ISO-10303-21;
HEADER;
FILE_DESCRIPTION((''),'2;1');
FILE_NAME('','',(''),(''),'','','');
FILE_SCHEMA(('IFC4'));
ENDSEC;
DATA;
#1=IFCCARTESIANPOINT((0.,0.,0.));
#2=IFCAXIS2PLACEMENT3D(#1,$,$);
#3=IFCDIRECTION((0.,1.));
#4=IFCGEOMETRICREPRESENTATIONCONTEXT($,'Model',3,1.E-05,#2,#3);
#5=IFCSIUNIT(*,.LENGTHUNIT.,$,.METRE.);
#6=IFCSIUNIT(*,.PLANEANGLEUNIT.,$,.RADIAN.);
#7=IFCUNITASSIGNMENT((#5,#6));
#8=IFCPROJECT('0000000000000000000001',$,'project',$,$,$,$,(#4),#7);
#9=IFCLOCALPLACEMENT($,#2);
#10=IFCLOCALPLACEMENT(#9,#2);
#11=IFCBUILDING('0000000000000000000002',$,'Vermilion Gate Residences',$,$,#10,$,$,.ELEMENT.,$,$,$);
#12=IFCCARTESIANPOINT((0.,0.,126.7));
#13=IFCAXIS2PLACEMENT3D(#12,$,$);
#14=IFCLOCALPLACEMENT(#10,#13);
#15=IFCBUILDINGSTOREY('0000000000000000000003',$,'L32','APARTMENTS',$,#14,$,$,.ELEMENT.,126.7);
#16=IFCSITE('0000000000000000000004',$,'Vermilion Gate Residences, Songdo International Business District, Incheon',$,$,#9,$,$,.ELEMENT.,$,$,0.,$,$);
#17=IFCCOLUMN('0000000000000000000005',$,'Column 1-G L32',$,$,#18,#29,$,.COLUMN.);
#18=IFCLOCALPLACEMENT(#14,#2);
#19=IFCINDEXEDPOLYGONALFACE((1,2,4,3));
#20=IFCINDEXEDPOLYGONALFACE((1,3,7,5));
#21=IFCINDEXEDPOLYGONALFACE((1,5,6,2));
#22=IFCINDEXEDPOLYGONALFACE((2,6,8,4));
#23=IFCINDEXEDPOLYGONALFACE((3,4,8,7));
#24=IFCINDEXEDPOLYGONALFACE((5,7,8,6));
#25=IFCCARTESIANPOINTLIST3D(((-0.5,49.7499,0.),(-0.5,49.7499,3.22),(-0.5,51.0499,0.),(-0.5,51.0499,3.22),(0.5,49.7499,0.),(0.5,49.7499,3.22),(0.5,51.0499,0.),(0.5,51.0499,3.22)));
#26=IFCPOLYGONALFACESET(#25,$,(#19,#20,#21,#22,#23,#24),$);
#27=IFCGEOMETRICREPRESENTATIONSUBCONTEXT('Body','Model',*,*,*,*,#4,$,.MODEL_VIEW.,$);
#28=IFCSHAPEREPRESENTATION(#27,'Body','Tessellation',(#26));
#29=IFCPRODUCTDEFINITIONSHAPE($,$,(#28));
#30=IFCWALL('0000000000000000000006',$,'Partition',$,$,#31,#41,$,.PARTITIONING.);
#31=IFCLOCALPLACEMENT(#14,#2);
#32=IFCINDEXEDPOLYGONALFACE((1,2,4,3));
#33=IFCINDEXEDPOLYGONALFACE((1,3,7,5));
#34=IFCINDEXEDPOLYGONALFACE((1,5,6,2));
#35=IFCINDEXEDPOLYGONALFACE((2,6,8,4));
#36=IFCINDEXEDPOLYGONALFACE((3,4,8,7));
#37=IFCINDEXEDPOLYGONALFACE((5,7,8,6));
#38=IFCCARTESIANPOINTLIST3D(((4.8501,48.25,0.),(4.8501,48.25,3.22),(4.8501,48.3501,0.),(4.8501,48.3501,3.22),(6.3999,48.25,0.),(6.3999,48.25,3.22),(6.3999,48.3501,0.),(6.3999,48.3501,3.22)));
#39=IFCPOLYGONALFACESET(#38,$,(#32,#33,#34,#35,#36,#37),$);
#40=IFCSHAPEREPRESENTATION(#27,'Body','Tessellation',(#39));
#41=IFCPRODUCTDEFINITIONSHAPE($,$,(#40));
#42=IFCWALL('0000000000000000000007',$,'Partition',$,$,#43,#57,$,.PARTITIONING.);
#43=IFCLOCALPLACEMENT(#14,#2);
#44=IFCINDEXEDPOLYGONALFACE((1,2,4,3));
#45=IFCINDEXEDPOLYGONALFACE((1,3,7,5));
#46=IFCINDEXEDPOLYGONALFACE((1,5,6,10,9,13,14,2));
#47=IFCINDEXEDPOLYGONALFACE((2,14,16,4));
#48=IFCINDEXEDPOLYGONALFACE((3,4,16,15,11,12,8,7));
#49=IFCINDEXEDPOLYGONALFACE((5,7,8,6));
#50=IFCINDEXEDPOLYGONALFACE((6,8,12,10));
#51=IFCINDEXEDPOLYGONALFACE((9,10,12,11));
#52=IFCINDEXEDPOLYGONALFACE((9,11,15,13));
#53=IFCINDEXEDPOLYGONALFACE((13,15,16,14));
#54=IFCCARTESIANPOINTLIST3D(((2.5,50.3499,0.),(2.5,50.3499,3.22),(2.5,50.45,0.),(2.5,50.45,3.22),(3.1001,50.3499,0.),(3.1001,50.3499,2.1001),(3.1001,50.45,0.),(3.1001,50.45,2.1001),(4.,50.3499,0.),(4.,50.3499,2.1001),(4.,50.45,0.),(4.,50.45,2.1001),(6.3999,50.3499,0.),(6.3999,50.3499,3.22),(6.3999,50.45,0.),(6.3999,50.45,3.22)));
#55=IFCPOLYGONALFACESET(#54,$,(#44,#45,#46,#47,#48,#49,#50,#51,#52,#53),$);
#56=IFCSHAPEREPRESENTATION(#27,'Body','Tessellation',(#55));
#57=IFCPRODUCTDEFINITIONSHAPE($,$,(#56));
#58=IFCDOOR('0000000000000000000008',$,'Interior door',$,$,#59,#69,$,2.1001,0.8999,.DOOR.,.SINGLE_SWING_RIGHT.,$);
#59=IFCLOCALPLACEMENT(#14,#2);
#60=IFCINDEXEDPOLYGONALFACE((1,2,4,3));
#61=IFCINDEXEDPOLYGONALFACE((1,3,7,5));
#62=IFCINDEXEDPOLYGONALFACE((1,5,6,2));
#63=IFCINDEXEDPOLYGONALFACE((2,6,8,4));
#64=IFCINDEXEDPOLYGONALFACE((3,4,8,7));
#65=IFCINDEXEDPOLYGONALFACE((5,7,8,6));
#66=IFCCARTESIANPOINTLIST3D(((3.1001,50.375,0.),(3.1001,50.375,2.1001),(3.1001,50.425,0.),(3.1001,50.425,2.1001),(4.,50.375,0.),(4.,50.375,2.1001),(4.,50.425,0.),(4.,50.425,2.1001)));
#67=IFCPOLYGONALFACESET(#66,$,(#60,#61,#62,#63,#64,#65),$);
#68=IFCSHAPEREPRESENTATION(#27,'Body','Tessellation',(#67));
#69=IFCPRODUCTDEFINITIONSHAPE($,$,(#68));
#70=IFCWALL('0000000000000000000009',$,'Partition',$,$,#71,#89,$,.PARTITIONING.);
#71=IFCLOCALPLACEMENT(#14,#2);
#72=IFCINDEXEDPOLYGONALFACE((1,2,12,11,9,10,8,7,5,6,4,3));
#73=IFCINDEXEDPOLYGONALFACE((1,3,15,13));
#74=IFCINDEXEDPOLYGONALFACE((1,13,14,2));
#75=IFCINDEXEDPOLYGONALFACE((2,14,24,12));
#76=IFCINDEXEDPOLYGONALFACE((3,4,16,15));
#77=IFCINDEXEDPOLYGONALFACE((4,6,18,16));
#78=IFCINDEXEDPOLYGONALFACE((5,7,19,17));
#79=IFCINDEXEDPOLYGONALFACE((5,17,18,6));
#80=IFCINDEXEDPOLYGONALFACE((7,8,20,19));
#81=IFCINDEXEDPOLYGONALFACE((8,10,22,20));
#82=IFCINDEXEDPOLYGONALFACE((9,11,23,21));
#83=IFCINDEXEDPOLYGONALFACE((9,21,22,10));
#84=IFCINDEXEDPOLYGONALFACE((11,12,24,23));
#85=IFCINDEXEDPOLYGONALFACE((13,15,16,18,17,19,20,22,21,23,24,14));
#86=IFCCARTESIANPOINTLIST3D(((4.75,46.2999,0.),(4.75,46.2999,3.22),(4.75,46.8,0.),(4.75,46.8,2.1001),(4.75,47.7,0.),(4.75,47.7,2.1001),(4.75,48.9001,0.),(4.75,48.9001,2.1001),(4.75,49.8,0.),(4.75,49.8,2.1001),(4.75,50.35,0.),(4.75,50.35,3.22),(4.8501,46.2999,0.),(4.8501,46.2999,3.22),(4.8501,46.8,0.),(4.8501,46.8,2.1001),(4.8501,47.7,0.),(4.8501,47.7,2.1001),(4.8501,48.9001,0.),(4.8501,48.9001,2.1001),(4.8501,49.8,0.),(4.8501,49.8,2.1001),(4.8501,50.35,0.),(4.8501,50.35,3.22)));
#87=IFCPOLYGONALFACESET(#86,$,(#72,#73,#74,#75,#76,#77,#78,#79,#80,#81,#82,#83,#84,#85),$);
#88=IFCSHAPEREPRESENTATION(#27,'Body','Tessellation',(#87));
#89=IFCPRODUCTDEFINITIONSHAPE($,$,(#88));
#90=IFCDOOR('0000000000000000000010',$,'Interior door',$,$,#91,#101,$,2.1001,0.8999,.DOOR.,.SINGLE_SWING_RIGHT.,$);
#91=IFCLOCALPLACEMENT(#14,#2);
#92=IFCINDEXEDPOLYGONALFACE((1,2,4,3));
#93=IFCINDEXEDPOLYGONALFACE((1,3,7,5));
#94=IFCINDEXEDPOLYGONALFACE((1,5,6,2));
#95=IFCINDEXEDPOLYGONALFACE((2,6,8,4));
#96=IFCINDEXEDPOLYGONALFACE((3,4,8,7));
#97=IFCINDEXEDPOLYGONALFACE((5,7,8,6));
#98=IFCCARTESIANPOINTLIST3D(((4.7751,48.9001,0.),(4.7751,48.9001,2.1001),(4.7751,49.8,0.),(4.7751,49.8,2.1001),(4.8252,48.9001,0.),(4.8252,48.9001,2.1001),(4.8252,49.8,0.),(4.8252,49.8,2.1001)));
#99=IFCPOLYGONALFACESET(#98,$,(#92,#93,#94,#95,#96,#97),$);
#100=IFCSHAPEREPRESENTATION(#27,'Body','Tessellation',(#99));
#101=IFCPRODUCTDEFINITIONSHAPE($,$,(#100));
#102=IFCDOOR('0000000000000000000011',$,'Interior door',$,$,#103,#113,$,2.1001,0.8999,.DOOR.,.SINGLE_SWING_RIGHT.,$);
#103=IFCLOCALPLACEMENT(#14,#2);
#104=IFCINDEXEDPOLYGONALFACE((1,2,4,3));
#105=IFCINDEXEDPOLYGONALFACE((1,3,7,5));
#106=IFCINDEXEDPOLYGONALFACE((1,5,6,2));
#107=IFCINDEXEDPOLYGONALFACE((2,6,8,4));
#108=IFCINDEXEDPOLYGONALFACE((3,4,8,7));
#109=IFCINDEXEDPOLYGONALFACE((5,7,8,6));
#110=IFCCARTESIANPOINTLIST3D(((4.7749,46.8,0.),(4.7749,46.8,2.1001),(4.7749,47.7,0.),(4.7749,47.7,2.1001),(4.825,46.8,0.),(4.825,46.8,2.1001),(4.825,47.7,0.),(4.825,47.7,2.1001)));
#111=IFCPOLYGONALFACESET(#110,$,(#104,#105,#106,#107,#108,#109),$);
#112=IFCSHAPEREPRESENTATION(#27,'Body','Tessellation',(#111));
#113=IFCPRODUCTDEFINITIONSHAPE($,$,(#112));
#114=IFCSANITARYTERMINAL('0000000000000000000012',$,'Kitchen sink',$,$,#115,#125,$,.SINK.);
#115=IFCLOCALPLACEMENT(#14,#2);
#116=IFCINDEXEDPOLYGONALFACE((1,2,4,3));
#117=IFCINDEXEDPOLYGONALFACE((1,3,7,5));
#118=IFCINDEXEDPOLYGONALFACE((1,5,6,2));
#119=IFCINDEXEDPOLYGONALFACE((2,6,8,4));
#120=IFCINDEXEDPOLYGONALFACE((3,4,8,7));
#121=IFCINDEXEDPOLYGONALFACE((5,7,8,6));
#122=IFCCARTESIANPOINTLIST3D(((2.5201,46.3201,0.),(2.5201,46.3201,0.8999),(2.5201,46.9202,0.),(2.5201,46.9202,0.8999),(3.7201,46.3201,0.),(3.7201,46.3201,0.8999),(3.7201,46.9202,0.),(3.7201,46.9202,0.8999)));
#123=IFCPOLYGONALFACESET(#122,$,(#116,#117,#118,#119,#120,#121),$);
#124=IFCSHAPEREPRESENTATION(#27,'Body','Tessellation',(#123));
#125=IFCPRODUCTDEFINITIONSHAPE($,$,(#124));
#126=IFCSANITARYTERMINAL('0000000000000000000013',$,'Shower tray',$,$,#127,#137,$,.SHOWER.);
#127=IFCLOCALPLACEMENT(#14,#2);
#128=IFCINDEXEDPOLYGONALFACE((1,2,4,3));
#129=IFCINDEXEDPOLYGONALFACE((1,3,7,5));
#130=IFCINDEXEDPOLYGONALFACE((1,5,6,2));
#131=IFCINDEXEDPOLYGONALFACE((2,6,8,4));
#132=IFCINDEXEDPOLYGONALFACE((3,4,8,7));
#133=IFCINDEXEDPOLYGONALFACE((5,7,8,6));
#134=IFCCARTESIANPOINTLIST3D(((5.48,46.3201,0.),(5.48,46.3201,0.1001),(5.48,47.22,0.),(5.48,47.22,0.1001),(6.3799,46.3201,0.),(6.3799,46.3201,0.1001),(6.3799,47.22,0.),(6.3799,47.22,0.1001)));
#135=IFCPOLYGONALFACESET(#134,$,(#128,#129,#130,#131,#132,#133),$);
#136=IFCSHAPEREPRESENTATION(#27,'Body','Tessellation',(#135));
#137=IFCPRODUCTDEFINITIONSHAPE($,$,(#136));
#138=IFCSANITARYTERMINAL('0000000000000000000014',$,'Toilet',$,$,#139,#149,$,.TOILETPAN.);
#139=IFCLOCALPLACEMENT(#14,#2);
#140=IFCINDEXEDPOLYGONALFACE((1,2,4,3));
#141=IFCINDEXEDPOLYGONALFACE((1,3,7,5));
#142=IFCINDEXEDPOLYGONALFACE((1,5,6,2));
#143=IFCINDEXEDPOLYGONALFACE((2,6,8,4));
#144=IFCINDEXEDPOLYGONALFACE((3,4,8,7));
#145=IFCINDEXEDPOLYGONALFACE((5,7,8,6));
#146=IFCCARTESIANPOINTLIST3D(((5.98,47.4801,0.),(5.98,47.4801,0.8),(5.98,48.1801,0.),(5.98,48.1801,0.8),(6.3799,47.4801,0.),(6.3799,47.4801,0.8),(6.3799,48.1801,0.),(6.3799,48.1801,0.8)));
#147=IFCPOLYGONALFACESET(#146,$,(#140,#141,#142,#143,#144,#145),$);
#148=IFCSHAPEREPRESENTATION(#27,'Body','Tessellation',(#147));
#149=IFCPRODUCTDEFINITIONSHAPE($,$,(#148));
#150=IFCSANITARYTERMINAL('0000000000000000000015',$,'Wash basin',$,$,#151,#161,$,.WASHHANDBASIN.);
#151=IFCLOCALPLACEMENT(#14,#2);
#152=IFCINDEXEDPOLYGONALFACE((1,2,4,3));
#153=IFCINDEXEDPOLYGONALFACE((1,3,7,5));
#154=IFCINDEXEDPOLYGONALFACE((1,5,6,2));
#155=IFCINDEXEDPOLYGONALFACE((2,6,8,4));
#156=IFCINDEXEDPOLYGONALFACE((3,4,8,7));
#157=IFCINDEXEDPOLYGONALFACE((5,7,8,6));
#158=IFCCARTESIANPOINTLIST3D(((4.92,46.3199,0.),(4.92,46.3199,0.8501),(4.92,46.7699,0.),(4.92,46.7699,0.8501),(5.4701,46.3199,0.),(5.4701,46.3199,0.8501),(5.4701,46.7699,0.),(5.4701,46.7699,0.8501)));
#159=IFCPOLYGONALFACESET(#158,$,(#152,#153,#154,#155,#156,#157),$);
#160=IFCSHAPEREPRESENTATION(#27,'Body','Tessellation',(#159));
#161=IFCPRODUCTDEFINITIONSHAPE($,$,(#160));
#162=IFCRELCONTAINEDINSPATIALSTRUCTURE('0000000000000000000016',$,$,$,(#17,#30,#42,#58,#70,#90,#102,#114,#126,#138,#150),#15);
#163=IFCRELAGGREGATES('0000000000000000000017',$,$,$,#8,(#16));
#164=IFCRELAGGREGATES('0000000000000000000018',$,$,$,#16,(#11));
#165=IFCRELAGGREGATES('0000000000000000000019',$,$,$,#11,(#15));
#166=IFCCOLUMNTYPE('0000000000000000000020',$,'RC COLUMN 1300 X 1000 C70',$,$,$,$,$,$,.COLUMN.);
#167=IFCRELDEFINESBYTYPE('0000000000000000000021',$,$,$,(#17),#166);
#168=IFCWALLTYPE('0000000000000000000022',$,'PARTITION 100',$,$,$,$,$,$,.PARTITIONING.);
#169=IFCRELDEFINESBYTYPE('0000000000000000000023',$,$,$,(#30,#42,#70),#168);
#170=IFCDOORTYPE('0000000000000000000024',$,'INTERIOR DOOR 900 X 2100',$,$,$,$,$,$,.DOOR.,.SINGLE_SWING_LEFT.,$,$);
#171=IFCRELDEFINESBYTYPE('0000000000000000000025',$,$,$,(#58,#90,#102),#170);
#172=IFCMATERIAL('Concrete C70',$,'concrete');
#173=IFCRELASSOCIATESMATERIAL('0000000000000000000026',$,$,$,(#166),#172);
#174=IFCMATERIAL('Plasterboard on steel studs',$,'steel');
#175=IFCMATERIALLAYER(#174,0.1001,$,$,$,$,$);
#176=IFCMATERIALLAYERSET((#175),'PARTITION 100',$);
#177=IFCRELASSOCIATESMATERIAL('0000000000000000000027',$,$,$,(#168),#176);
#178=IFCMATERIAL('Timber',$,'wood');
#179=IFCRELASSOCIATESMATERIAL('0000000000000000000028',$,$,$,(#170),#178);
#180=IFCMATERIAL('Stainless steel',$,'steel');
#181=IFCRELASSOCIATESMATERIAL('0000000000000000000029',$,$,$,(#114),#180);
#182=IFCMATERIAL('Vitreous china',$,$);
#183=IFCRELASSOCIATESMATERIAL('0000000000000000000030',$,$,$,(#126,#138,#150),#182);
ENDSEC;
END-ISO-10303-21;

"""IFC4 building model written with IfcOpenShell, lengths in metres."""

from ifc_helpers import new_model, si_unit, direction, frame, frame_2d, origin, origin_2d, place, context, subcontext, project, spatial, rectangle, extrude, material, layer, layer_set, material_profile, profile_set, type_object, element, fill, save


model = new_model("IFC4")

# Units and contexts
model_context = context("Model", 3, precision=1e-05, world=origin(), true_north=direction((0.0, 1.0)))
body_context = subcontext(model_context, "Body", "Model", "MODEL_VIEW")
ifc_project = project(units=[si_unit("LENGTHUNIT", "METRE"), si_unit("PLANEANGLEUNIT", "RADIAN")], contexts=[model_context])

# Site, building, storey
site_placement = place(None, origin())
site = spatial("IfcSite", under=ifc_project, at=site_placement, Name="Vermilion Gate Residences, Songdo International Business District, Incheon", CompositionType="ELEMENT", RefElevation=0.0)
building_placement = place(site_placement, origin())
building = spatial("IfcBuilding", under=site, at=building_placement, Name="Vermilion Gate Residences", CompositionType="ELEMENT")
storey_placement = place(building_placement, frame((0.0, 0.0, 126.7)))
storey = spatial("IfcBuildingStorey", under=building, at=storey_placement, Name="L32", Description="APARTMENTS", CompositionType="ELEMENT", Elevation=126.7)

# Column
ifc_material_1 = material(Name="Concrete C70", Category="concrete")
ifc_material_profile = material_profile(ifc_material_1, rectangle(XDim=1.3, YDim=1.0, at=origin_2d()), Name="RC-1300x1000")
ifc_profile_set = profile_set([ifc_material_profile], Name="Concrete C70")
column_type = type_object("IfcColumnType", Name="RC COLUMN 1300 X 1000 C70", PredefinedType="COLUMN", material=ifc_profile_set)
column_placement = place(storey_placement, frame((0.0, 50.3999, 0.0), z_axis=(0.0, 0.0, 1.0), x_axis=(0.0, 1.0, 0.0)))
element("IfcColumn", 1, at=column_placement, inside=storey, type_object=column_type, Name="Column 1-G L32", PredefinedType="COLUMN", context=body_context, shape_type="SweptSolid", body=[
    extrude(rectangle(XDim=1.3, YDim=1.0, at=origin_2d()), origin(), (0.0, 0.0, 1.0), 3.22),
])

# Wall
ifc_material_2 = material(Name="Plasterboard on steel studs", Category="steel")
ifc_layer = layer(ifc_material_2, 0.1001)
ifc_layer_set = layer_set([ifc_layer], Name="PARTITION 100")
wall_type = type_object("IfcWallType", Name="PARTITION 100", PredefinedType="PARTITIONING", material=ifc_layer_set)
wall_1_placement = place(storey_placement, frame((4.8501, 48.3, 0.0), z_axis=(0.0, 0.0, 1.0), x_axis=(1.0, 0.0, 0.0)))
element("IfcWall", 2, at=wall_1_placement, inside=storey, type_object=wall_type, Name="Partition", PredefinedType="PARTITIONING", context=body_context, shape_type="SweptSolid", body=[
    extrude(rectangle(XDim=1.5498, YDim=0.1001, at=frame_2d((0.7749, 0.0))), origin(), (0.0, 0.0, 1.0), 3.22),
])

# Wall, opening, door
wall_2_placement = place(storey_placement, frame((2.5, 50.3999, 0.0), z_axis=(0.0, 0.0, 1.0), x_axis=(1.0, 0.0, 0.0)))
wall_2 = element("IfcWall", 3, at=wall_2_placement, inside=storey, type_object=wall_type, Name="Partition", PredefinedType="PARTITIONING", context=body_context, shape_type="SweptSolid", body=[
    extrude(rectangle(XDim=3.8999, YDim=0.1001, at=frame_2d((1.95, 0.0))), origin(), (0.0, 0.0, 1.0), 3.22),
])
opening_1_placement = place(wall_2_placement, frame((0.6001, 0.0, 0.0)))
opening_1 = element("IfcOpeningElement", 4, at=opening_1_placement, cuts=wall_2, PredefinedType="OPENING", context=body_context, shape_type="SweptSolid", body=[
    extrude(rectangle(XDim=0.8999, YDim=2.1001, at=frame_2d((0.45, 1.05))), frame((0.0, 0.0601, 0.0), z_axis=(0.0, -1.0, 0.0), x_axis=(1.0, 0.0, 0.0)), (0.0, 0.0, 1.0), 0.1201),
])
ifc_material_3 = material(Name="Timber", Category="wood")
door_type = type_object("IfcDoorType", Name="INTERIOR DOOR 900 X 2100", OperationType="SINGLE_SWING_LEFT", PredefinedType="DOOR", material=ifc_material_3)
door_1_placement = place(opening_1_placement, frame((0.8999, 0.0, 0.0), z_axis=(0.0, 0.0, 1.0), x_axis=(-1.0, 0.0, 0.0)))
door_1 = element("IfcDoor", 5, at=door_1_placement, inside=storey, type_object=door_type, Name="Interior door", OperationType="SINGLE_SWING_RIGHT", OverallHeight=2.1001, OverallWidth=0.8999, PredefinedType="DOOR", context=body_context, shape_type="SweptSolid", body=[
    extrude(rectangle(XDim=0.8999, YDim=2.1001, at=frame_2d((0.45, 1.05))), frame((0.0, 0.0249, 0.0), z_axis=(0.0, -1.0, 0.0), x_axis=(1.0, 0.0, 0.0)), (0.0, 0.0, 1.0), 0.05),
])
fill(opening_1, door_1)

# Wall, openings, doors
wall_3_placement = place(storey_placement, frame((4.8, 46.3, 0.0), z_axis=(0.0, 0.0, 1.0), x_axis=(0.0, 1.0, 0.0)))
wall_3 = element("IfcWall", 6, at=wall_3_placement, inside=storey, type_object=wall_type, Name="Partition", PredefinedType="PARTITIONING", context=body_context, shape_type="SweptSolid", body=[
    extrude(rectangle(XDim=4.05, YDim=0.1001, at=frame_2d((2.0249, 0.0))), origin(), (0.0, 0.0, 1.0), 3.22),
])
opening_2_placement = place(wall_3_placement, frame((2.6001, 0.0, 0.0)))
opening_2 = element("IfcOpeningElement", 7, at=opening_2_placement, cuts=wall_3, PredefinedType="OPENING", context=body_context, shape_type="SweptSolid", body=[
    extrude(rectangle(XDim=0.8999, YDim=2.1001, at=frame_2d((0.45, 1.05))), frame((0.0, 0.0601, 0.0), z_axis=(0.0, -1.0, 0.0), x_axis=(1.0, 0.0, 0.0)), (0.0, 0.0, 1.0), 0.1201),
])
opening_3_placement = place(wall_3_placement, frame((0.5, 0.0, 0.0)))
opening_3 = element("IfcOpeningElement", 8, at=opening_3_placement, cuts=wall_3, PredefinedType="OPENING", context=body_context, shape_type="SweptSolid", body=[
    extrude(rectangle(XDim=0.8999, YDim=2.1001, at=frame_2d((0.45, 1.05))), frame((0.0, 0.0601, 0.0), z_axis=(0.0, -1.0, 0.0), x_axis=(1.0, 0.0, 0.0)), (0.0, 0.0, 1.0), 0.1201),
])
door_2_placement = place(opening_2_placement, origin())
door_2 = element("IfcDoor", 9, at=door_2_placement, inside=storey, type_object=door_type, Name="Interior door", OperationType="SINGLE_SWING_RIGHT", OverallHeight=2.1001, OverallWidth=0.8999, PredefinedType="DOOR", context=body_context, shape_type="SweptSolid", body=[
    extrude(rectangle(XDim=0.8999, YDim=2.1001, at=frame_2d((0.45, 1.05))), frame((0.0, 0.0249, 0.0), z_axis=(0.0, -1.0, 0.0), x_axis=(1.0, 0.0, 0.0)), (0.0, 0.0, 1.0), 0.05),
])
fill(opening_2, door_2)
door_3_placement = place(opening_3_placement, frame((0.8999, 0.0, 0.0), z_axis=(0.0, 0.0, 1.0), x_axis=(-1.0, 0.0, 0.0)))
door_3 = element("IfcDoor", 10, at=door_3_placement, inside=storey, type_object=door_type, Name="Interior door", OperationType="SINGLE_SWING_RIGHT", OverallHeight=2.1001, OverallWidth=0.8999, PredefinedType="DOOR", context=body_context, shape_type="SweptSolid", body=[
    extrude(rectangle(XDim=0.8999, YDim=2.1001, at=frame_2d((0.45, 1.05))), frame((0.0, 0.0249, 0.0), z_axis=(0.0, -1.0, 0.0), x_axis=(1.0, 0.0, 0.0)), (0.0, 0.0, 1.0), 0.05),
])
fill(opening_3, door_3)

# Sanitary terminals
ifc_material_4 = material(Name="Stainless steel", Category="steel")
sanitary_terminal_1_placement = place(storey_placement, frame((3.1201, 46.6201, 0.0), z_axis=(0.0, 0.0, 1.0), x_axis=(1.0, 0.0, 0.0)))
element("IfcSanitaryTerminal", 11, at=sanitary_terminal_1_placement, inside=storey, material=ifc_material_4, Name="Kitchen sink", PredefinedType="SINK", context=body_context, shape_type="SweptSolid", body=[
    extrude(rectangle(XDim=1.2, YDim=0.6001, at=origin_2d()), origin(), (0.0, 0.0, 1.0), 0.8999),
])
ifc_material_5 = material(Name="Vitreous china")
sanitary_terminal_2_placement = place(storey_placement, frame((5.9299, 46.77, 0.0), z_axis=(0.0, 0.0, 1.0), x_axis=(1.0, 0.0, 0.0)))
element("IfcSanitaryTerminal", 12, at=sanitary_terminal_2_placement, inside=storey, material=ifc_material_5, Name="Shower tray", PredefinedType="SHOWER", context=body_context, shape_type="SweptSolid", body=[
    extrude(rectangle(XDim=0.8999, YDim=0.8999, at=origin_2d()), origin(), (0.0, 0.0, 1.0), 0.1001),
])
sanitary_terminal_3_placement = place(storey_placement, frame((6.1799, 47.8301, 0.0), z_axis=(0.0, 0.0, 1.0), x_axis=(1.0, 0.0, 0.0)))
element("IfcSanitaryTerminal", 13, at=sanitary_terminal_3_placement, inside=storey, material=ifc_material_5, Name="Toilet", PredefinedType="TOILETPAN", context=body_context, shape_type="SweptSolid", body=[
    extrude(rectangle(XDim=0.3999, YDim=0.7, at=origin_2d()), origin(), (0.0, 0.0, 1.0), 0.8),
])
sanitary_terminal_4_placement = place(storey_placement, frame((5.1951, 46.5449, 0.0), z_axis=(0.0, 0.0, 1.0), x_axis=(1.0, 0.0, 0.0)))
element("IfcSanitaryTerminal", 14, at=sanitary_terminal_4_placement, inside=storey, material=ifc_material_5, Name="Wash basin", PredefinedType="WASHHANDBASIN", context=body_context, shape_type="SweptSolid", body=[
    extrude(rectangle(XDim=0.55, YDim=0.45, at=origin_2d()), origin(), (0.0, 0.0, 1.0), 0.8501),
])

save(model, "model.ifc")
